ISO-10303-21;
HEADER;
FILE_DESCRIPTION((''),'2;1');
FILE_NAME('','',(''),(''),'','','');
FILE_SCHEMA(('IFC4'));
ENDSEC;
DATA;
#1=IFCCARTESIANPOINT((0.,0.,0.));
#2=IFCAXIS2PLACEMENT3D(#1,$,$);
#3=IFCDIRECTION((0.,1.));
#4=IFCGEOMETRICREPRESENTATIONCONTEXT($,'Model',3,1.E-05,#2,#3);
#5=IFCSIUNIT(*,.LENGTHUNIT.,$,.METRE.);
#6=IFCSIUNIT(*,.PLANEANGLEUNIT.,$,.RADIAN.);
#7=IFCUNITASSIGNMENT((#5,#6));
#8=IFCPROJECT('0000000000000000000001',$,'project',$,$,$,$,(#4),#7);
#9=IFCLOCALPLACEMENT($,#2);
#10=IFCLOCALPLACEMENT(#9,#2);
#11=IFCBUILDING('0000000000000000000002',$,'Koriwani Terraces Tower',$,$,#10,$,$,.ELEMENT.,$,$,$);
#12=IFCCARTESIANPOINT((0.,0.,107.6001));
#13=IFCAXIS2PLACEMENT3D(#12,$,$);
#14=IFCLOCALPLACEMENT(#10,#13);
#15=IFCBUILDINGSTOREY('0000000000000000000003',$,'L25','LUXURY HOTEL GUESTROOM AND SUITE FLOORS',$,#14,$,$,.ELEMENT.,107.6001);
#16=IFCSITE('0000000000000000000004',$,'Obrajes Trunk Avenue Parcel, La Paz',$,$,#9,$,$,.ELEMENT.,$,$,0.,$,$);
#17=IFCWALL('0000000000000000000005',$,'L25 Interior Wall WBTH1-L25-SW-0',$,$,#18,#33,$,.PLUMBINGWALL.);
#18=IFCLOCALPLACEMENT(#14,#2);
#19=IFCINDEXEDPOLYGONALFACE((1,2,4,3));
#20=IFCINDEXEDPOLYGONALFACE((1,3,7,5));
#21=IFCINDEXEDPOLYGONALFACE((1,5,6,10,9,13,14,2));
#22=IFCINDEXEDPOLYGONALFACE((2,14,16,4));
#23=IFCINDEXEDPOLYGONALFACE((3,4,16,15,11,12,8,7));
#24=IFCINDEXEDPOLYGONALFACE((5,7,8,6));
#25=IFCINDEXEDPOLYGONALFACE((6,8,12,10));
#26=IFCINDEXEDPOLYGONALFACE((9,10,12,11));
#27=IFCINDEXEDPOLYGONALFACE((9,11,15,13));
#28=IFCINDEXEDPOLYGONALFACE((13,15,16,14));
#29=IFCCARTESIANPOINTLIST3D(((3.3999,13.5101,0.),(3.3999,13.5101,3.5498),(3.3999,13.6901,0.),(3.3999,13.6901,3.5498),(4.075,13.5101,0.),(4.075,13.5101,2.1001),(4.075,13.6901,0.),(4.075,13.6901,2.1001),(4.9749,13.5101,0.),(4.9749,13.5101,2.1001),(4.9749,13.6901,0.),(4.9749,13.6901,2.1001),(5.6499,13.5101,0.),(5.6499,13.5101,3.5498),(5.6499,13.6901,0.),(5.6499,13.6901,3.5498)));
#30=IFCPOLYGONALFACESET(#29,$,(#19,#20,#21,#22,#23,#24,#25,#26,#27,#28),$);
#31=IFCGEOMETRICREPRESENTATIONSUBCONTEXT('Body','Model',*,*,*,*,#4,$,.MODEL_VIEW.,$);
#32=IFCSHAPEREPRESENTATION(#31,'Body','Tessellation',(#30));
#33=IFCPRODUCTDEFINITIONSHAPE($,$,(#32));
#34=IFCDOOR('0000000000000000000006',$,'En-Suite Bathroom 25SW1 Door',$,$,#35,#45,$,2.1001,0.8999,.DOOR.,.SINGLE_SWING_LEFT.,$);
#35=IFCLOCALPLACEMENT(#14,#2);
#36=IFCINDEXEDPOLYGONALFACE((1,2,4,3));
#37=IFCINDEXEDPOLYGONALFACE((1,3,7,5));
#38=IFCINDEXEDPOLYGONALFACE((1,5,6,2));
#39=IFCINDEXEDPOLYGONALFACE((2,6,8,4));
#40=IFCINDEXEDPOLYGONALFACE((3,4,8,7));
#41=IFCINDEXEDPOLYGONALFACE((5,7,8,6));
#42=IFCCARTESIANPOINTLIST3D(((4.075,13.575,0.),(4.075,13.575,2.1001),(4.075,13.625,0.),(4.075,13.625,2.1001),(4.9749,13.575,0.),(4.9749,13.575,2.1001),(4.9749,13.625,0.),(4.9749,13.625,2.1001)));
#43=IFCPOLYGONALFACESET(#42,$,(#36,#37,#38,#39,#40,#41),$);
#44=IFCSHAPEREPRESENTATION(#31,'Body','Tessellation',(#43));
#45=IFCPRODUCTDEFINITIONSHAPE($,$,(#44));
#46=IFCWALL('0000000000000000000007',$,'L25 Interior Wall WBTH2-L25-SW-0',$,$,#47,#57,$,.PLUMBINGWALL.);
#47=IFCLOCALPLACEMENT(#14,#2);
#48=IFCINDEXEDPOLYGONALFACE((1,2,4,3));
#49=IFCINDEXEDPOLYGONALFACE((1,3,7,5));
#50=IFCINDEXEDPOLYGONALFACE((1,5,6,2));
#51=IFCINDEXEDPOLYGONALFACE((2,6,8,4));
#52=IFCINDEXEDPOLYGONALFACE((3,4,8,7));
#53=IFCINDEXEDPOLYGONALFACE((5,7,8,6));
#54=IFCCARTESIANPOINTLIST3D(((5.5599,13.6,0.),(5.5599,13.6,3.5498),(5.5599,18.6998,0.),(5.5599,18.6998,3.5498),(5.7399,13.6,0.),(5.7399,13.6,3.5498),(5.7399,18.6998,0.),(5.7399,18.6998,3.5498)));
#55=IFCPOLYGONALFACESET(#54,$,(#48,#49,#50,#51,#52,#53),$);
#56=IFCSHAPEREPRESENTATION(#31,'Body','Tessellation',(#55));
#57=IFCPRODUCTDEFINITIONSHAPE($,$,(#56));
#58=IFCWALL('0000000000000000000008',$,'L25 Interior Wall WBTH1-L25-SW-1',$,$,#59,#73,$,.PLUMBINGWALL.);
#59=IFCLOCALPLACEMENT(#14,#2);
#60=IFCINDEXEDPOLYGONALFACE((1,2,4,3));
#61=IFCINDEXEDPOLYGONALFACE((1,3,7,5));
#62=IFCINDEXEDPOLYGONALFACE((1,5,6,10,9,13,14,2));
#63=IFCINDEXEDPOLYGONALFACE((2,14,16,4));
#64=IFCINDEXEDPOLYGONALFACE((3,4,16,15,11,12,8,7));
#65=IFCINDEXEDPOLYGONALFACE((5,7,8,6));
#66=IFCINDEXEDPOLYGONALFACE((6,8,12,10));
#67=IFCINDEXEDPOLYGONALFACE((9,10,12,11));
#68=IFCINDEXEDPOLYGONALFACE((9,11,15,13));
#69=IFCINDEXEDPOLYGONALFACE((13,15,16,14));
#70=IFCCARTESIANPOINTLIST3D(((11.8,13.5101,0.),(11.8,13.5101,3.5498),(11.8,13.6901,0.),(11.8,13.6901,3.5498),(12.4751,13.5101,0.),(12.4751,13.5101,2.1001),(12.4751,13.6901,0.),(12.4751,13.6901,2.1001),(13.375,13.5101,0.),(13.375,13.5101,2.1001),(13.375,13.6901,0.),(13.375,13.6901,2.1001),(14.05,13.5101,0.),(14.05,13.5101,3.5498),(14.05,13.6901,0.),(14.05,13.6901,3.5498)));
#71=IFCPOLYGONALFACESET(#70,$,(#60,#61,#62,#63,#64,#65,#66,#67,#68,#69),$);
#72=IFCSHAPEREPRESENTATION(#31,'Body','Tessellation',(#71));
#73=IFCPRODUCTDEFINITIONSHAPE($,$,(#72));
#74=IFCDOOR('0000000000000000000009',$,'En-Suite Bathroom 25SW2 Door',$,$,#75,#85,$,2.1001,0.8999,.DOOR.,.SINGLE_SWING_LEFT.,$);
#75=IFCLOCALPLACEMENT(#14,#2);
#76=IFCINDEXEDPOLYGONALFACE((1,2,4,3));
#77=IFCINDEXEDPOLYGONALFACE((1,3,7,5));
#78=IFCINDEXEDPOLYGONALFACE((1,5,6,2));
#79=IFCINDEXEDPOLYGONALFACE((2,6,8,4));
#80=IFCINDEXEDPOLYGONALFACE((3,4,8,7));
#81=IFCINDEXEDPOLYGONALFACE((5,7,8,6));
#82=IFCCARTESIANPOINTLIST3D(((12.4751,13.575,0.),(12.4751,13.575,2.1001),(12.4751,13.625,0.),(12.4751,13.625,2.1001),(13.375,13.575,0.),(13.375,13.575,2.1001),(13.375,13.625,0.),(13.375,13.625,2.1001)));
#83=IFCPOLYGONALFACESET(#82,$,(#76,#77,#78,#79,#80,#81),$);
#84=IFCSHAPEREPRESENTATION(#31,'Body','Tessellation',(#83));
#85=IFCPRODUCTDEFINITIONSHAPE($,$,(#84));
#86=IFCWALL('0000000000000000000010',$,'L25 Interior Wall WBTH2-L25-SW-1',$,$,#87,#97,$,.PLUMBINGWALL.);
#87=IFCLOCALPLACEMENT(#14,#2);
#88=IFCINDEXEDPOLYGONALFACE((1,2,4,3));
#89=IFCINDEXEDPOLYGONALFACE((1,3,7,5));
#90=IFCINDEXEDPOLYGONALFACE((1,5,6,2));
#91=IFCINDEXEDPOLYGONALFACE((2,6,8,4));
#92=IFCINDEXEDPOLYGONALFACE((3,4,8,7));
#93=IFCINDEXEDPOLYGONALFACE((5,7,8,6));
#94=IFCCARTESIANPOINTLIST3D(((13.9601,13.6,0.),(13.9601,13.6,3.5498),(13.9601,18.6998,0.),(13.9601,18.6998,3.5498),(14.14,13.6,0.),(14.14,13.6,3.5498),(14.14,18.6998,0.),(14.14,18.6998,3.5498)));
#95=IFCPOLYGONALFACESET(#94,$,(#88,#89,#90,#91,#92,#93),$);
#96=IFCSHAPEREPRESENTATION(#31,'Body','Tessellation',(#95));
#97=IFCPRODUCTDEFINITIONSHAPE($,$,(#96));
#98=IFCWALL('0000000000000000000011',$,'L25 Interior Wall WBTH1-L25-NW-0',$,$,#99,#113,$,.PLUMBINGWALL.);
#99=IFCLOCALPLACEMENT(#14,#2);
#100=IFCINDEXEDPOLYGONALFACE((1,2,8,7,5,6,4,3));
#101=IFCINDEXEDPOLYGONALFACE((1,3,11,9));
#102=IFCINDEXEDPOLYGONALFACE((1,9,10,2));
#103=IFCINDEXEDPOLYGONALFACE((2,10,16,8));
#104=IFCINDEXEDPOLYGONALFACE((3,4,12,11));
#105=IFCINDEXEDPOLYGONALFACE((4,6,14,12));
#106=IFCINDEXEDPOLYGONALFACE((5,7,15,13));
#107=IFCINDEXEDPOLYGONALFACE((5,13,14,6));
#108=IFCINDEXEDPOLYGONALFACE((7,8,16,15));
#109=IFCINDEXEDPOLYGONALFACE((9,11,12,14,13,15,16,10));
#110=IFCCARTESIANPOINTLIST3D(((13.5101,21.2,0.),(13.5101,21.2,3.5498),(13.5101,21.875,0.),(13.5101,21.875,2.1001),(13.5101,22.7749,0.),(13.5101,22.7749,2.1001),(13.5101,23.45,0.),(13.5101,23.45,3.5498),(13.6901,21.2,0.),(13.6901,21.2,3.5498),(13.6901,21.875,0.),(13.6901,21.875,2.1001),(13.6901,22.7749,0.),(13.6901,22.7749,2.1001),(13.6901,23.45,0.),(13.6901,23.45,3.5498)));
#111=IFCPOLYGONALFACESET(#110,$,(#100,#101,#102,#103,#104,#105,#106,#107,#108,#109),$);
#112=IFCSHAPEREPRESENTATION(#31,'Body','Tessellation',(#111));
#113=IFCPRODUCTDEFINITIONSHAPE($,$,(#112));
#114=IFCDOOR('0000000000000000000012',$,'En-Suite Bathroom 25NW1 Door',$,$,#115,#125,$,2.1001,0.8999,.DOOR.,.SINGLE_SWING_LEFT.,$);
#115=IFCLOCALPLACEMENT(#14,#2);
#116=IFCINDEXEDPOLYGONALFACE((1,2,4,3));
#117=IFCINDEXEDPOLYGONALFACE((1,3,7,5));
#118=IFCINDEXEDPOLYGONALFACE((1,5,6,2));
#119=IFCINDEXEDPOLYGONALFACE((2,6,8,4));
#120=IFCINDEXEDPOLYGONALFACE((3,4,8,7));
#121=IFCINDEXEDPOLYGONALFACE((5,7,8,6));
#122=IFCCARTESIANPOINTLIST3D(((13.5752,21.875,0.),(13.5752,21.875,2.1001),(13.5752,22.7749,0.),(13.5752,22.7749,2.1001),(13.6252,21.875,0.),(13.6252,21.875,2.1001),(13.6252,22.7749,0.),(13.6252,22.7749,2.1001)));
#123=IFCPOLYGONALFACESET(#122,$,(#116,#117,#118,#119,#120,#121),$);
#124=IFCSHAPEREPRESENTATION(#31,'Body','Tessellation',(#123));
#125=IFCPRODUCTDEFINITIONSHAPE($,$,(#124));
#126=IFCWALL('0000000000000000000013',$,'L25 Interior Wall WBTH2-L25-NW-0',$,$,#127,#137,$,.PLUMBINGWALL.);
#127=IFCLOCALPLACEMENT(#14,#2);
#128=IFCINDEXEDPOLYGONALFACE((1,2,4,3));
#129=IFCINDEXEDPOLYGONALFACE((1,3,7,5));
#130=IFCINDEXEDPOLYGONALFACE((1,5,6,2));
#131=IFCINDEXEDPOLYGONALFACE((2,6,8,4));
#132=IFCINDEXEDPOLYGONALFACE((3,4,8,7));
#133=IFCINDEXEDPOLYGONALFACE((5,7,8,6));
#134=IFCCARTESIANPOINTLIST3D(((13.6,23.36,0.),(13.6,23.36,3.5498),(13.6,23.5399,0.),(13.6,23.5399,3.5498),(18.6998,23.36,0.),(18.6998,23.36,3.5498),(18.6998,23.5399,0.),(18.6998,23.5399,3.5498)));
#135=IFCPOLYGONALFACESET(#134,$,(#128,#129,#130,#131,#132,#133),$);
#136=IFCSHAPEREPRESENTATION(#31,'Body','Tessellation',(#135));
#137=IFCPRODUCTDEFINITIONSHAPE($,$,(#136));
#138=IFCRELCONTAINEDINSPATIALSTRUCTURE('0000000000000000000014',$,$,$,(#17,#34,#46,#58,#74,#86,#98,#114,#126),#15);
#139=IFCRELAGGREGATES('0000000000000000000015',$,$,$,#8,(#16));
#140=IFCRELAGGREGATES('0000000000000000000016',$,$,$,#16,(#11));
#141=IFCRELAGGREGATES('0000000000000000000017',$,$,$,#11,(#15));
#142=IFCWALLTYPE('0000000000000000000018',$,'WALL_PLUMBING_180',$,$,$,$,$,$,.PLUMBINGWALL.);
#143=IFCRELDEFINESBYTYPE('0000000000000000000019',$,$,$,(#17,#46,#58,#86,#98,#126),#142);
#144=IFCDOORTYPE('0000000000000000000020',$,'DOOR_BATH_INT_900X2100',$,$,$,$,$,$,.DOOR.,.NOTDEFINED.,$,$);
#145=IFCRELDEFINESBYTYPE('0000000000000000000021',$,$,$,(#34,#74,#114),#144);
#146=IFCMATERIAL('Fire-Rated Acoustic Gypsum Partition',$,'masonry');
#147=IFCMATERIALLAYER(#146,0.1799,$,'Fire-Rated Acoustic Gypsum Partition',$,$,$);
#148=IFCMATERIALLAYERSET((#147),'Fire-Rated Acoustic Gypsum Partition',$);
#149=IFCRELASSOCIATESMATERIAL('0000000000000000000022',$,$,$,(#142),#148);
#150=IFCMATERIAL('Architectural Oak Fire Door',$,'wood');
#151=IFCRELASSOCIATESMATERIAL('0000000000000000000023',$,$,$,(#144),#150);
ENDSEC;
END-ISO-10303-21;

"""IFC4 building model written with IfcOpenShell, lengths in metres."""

from ifc_helpers import new_model, si_unit, direction, frame, frame_2d, origin, place, context, subcontext, project, spatial, rectangle, extrude, material, layer, layer_set, type_object, element, fill, save


model = new_model("IFC4")

# Units and contexts
model_context = context("Model", 3, precision=1e-05, world=origin(), true_north=direction((0.0, 1.0)))
body_context = subcontext(model_context, "Body", "Model", "MODEL_VIEW")
ifc_project = project(units=[si_unit("LENGTHUNIT", "METRE"), si_unit("PLANEANGLEUNIT", "RADIAN")], contexts=[model_context])

# Site, building, storey
site_placement = place(None, origin())
site = spatial("IfcSite", under=ifc_project, at=site_placement, Name="Obrajes Trunk Avenue Parcel, La Paz", CompositionType="ELEMENT", RefElevation=0.0)
building_placement = place(site_placement, origin())
building = spatial("IfcBuilding", under=site, at=building_placement, Name="Koriwani Terraces Tower", CompositionType="ELEMENT")
storey_placement = place(building_placement, frame((0.0, 0.0, 107.6001)))
storey = spatial("IfcBuildingStorey", under=building, at=storey_placement, Name="L25", Description="LUXURY HOTEL GUESTROOM AND SUITE FLOORS", CompositionType="ELEMENT", Elevation=107.6001)

# Shared definitions
ifc_material_1 = material(Name="Architectural Oak Fire Door", Category="wood")

# Wall, opening, door
ifc_material_2 = material(Name="Fire-Rated Acoustic Gypsum Partition", Category="masonry")
ifc_layer_1 = layer(ifc_material_2, 0.1799, Name="Fire-Rated Acoustic Gypsum Partition")
ifc_layer_set_1 = layer_set([ifc_layer_1], Name="Fire-Rated Acoustic Gypsum Partition")
wall_type_1 = type_object("IfcWallType", Name="WALL_PLUMBING_180", PredefinedType="PLUMBINGWALL", material=ifc_layer_set_1)
wall_1_placement = place(storey_placement, frame((3.3999, 13.6001, 0.0), z_axis=(0.0, 0.0, 1.0), x_axis=(1.0, 0.0, 0.0)))
wall_1 = element("IfcWall", 1, at=wall_1_placement, inside=storey, type_object=wall_type_1, Name="L25 Interior Wall WBTH1-L25-SW-0", PredefinedType="PLUMBINGWALL", context=body_context, shape_type="SweptSolid", body=[
    extrude(rectangle(XDim=2.25, YDim=0.1799, at=frame_2d((1.125, 0.0))), origin(), (0.0, 0.0, 1.0), 3.5498),
])
opening_1_placement = place(wall_1_placement, frame((0.675, 0.0, 0.0)))
opening_1 = element("IfcOpeningElement", 2, at=opening_1_placement, cuts=wall_1, PredefinedType="OPENING", context=body_context, shape_type="SweptSolid", body=[
    extrude(rectangle(XDim=0.8999, YDim=2.1001, at=frame_2d((0.45, 1.05))), frame((0.0, 0.1001, 0.0), z_axis=(0.0, -1.0, 0.0), x_axis=(1.0, 0.0, 0.0)), (0.0, 0.0, 1.0), 0.2),
])
door_type_1 = type_object("IfcDoorType", Name="DOOR_BATH_INT_900X2100", OperationType="NOTDEFINED", PredefinedType="DOOR", material=ifc_material_1)
door_1_placement = place(opening_1_placement, origin())
door_1 = element("IfcDoor", 3, at=door_1_placement, inside=storey, type_object=door_type_1, Name="En-Suite Bathroom 25SW1 Door", OperationType="SINGLE_SWING_LEFT", OverallHeight=2.1001, OverallWidth=0.8999, PredefinedType="DOOR", context=body_context, shape_type="SweptSolid", body=[
    extrude(rectangle(XDim=0.8999, YDim=2.1001, at=frame_2d((0.45, 1.05))), frame((0.0, 0.0249, 0.0), z_axis=(0.0, -1.0, 0.0), x_axis=(1.0, 0.0, 0.0)), (0.0, 0.0, 1.0), 0.05),
])
fill(opening_1, door_1)

# Wall
wall_2_placement = place(storey_placement, frame((5.6499, 13.6001, 0.0), z_axis=(0.0, 0.0, 1.0), x_axis=(0.0, 1.0, 0.0)))
element("IfcWall", 4, at=wall_2_placement, inside=storey, type_object=wall_type_1, Name="L25 Interior Wall WBTH2-L25-SW-0", PredefinedType="PLUMBINGWALL", context=body_context, shape_type="SweptSolid", body=[
    extrude(rectangle(XDim=5.0999, YDim=0.1799, at=frame_2d((2.5498, 0.0))), origin(), (0.0, 0.0, 1.0), 3.5498),
])

# Wall, opening, door
wall_3_placement = place(storey_placement, frame((11.8, 13.6001, 0.0), z_axis=(0.0, 0.0, 1.0), x_axis=(1.0, 0.0, 0.0)))
wall_3 = element("IfcWall", 5, at=wall_3_placement, inside=storey, type_object=wall_type_1, Name="L25 Interior Wall WBTH1-L25-SW-1", PredefinedType="PLUMBINGWALL", context=body_context, shape_type="SweptSolid", body=[
    extrude(rectangle(XDim=2.25, YDim=0.1799, at=frame_2d((1.125, 0.0))), origin(), (0.0, 0.0, 1.0), 3.5498),
])
opening_2_placement = place(wall_3_placement, frame((0.675, 0.0, 0.0)))
opening_2 = element("IfcOpeningElement", 6, at=opening_2_placement, cuts=wall_3, PredefinedType="OPENING", context=body_context, shape_type="SweptSolid", body=[
    extrude(rectangle(XDim=0.8999, YDim=2.1001, at=frame_2d((0.45, 1.05))), frame((0.0, 0.1001, 0.0), z_axis=(0.0, -1.0, 0.0), x_axis=(1.0, 0.0, 0.0)), (0.0, 0.0, 1.0), 0.2),
])
door_2_placement = place(opening_2_placement, origin())
door_2 = element("IfcDoor", 7, at=door_2_placement, inside=storey, type_object=door_type_1, Name="En-Suite Bathroom 25SW2 Door", OperationType="SINGLE_SWING_LEFT", OverallHeight=2.1001, OverallWidth=0.8999, PredefinedType="DOOR", context=body_context, shape_type="SweptSolid", body=[
    extrude(rectangle(XDim=0.8999, YDim=2.1001, at=frame_2d((0.45, 1.05))), frame((0.0, 0.0249, 0.0), z_axis=(0.0, -1.0, 0.0), x_axis=(1.0, 0.0, 0.0)), (0.0, 0.0, 1.0), 0.05),
])
fill(opening_2, door_2)

# Wall
wall_4_placement = place(storey_placement, frame((14.05, 13.6001, 0.0), z_axis=(0.0, 0.0, 1.0), x_axis=(0.0, 1.0, 0.0)))
element("IfcWall", 8, at=wall_4_placement, inside=storey, type_object=wall_type_1, Name="L25 Interior Wall WBTH2-L25-SW-1", PredefinedType="PLUMBINGWALL", context=body_context, shape_type="SweptSolid", body=[
    extrude(rectangle(XDim=5.0999, YDim=0.1799, at=frame_2d((2.5498, 0.0))), origin(), (0.0, 0.0, 1.0), 3.5498),
])

# Wall, opening, door
wall_5_placement = place(storey_placement, frame((13.6001, 21.2, 0.0), z_axis=(0.0, 0.0, 1.0), x_axis=(0.0, 1.0, 0.0)))
wall_5 = element("IfcWall", 9, at=wall_5_placement, inside=storey, type_object=wall_type_1, Name="L25 Interior Wall WBTH1-L25-NW-0", PredefinedType="PLUMBINGWALL", context=body_context, shape_type="SweptSolid", body=[
    extrude(rectangle(XDim=2.25, YDim=0.1799, at=frame_2d((1.125, 0.0))), origin(), (0.0, 0.0, 1.0), 3.5498),
])
opening_3_placement = place(wall_5_placement, frame((0.675, 0.0, 0.0)))
opening_3 = element("IfcOpeningElement", 10, at=opening_3_placement, cuts=wall_5, PredefinedType="OPENING", context=body_context, shape_type="SweptSolid", body=[
    extrude(rectangle(XDim=0.8999, YDim=2.1001, at=frame_2d((0.45, 1.05))), frame((0.0, 0.1001, 0.0), z_axis=(0.0, -1.0, 0.0), x_axis=(1.0, 0.0, 0.0)), (0.0, 0.0, 1.0), 0.2),
])
door_3_placement = place(opening_3_placement, origin())
door_3 = element("IfcDoor", 11, at=door_3_placement, inside=storey, type_object=door_type_1, Name="En-Suite Bathroom 25NW1 Door", OperationType="SINGLE_SWING_LEFT", OverallHeight=2.1001, OverallWidth=0.8999, PredefinedType="DOOR", context=body_context, shape_type="SweptSolid", body=[
    extrude(rectangle(XDim=0.8999, YDim=2.1001, at=frame_2d((0.45, 1.05))), frame((0.0, 0.0249, 0.0), z_axis=(0.0, -1.0, 0.0), x_axis=(1.0, 0.0, 0.0)), (0.0, 0.0, 1.0), 0.05),
])
fill(opening_3, door_3)

# Wall
wall_6_placement = place(storey_placement, frame((13.6001, 23.45, 0.0), z_axis=(0.0, 0.0, 1.0), x_axis=(1.0, 0.0, 0.0)))
element("IfcWall", 12, at=wall_6_placement, inside=storey, type_object=wall_type_1, Name="L25 Interior Wall WBTH2-L25-NW-0", PredefinedType="PLUMBINGWALL", context=body_context, shape_type="SweptSolid", body=[
    extrude(rectangle(XDim=5.0999, YDim=0.1799, at=frame_2d((2.5498, 0.0))), origin(), (0.0, 0.0, 1.0), 3.5498),
])

save(model, "model.ifc")
